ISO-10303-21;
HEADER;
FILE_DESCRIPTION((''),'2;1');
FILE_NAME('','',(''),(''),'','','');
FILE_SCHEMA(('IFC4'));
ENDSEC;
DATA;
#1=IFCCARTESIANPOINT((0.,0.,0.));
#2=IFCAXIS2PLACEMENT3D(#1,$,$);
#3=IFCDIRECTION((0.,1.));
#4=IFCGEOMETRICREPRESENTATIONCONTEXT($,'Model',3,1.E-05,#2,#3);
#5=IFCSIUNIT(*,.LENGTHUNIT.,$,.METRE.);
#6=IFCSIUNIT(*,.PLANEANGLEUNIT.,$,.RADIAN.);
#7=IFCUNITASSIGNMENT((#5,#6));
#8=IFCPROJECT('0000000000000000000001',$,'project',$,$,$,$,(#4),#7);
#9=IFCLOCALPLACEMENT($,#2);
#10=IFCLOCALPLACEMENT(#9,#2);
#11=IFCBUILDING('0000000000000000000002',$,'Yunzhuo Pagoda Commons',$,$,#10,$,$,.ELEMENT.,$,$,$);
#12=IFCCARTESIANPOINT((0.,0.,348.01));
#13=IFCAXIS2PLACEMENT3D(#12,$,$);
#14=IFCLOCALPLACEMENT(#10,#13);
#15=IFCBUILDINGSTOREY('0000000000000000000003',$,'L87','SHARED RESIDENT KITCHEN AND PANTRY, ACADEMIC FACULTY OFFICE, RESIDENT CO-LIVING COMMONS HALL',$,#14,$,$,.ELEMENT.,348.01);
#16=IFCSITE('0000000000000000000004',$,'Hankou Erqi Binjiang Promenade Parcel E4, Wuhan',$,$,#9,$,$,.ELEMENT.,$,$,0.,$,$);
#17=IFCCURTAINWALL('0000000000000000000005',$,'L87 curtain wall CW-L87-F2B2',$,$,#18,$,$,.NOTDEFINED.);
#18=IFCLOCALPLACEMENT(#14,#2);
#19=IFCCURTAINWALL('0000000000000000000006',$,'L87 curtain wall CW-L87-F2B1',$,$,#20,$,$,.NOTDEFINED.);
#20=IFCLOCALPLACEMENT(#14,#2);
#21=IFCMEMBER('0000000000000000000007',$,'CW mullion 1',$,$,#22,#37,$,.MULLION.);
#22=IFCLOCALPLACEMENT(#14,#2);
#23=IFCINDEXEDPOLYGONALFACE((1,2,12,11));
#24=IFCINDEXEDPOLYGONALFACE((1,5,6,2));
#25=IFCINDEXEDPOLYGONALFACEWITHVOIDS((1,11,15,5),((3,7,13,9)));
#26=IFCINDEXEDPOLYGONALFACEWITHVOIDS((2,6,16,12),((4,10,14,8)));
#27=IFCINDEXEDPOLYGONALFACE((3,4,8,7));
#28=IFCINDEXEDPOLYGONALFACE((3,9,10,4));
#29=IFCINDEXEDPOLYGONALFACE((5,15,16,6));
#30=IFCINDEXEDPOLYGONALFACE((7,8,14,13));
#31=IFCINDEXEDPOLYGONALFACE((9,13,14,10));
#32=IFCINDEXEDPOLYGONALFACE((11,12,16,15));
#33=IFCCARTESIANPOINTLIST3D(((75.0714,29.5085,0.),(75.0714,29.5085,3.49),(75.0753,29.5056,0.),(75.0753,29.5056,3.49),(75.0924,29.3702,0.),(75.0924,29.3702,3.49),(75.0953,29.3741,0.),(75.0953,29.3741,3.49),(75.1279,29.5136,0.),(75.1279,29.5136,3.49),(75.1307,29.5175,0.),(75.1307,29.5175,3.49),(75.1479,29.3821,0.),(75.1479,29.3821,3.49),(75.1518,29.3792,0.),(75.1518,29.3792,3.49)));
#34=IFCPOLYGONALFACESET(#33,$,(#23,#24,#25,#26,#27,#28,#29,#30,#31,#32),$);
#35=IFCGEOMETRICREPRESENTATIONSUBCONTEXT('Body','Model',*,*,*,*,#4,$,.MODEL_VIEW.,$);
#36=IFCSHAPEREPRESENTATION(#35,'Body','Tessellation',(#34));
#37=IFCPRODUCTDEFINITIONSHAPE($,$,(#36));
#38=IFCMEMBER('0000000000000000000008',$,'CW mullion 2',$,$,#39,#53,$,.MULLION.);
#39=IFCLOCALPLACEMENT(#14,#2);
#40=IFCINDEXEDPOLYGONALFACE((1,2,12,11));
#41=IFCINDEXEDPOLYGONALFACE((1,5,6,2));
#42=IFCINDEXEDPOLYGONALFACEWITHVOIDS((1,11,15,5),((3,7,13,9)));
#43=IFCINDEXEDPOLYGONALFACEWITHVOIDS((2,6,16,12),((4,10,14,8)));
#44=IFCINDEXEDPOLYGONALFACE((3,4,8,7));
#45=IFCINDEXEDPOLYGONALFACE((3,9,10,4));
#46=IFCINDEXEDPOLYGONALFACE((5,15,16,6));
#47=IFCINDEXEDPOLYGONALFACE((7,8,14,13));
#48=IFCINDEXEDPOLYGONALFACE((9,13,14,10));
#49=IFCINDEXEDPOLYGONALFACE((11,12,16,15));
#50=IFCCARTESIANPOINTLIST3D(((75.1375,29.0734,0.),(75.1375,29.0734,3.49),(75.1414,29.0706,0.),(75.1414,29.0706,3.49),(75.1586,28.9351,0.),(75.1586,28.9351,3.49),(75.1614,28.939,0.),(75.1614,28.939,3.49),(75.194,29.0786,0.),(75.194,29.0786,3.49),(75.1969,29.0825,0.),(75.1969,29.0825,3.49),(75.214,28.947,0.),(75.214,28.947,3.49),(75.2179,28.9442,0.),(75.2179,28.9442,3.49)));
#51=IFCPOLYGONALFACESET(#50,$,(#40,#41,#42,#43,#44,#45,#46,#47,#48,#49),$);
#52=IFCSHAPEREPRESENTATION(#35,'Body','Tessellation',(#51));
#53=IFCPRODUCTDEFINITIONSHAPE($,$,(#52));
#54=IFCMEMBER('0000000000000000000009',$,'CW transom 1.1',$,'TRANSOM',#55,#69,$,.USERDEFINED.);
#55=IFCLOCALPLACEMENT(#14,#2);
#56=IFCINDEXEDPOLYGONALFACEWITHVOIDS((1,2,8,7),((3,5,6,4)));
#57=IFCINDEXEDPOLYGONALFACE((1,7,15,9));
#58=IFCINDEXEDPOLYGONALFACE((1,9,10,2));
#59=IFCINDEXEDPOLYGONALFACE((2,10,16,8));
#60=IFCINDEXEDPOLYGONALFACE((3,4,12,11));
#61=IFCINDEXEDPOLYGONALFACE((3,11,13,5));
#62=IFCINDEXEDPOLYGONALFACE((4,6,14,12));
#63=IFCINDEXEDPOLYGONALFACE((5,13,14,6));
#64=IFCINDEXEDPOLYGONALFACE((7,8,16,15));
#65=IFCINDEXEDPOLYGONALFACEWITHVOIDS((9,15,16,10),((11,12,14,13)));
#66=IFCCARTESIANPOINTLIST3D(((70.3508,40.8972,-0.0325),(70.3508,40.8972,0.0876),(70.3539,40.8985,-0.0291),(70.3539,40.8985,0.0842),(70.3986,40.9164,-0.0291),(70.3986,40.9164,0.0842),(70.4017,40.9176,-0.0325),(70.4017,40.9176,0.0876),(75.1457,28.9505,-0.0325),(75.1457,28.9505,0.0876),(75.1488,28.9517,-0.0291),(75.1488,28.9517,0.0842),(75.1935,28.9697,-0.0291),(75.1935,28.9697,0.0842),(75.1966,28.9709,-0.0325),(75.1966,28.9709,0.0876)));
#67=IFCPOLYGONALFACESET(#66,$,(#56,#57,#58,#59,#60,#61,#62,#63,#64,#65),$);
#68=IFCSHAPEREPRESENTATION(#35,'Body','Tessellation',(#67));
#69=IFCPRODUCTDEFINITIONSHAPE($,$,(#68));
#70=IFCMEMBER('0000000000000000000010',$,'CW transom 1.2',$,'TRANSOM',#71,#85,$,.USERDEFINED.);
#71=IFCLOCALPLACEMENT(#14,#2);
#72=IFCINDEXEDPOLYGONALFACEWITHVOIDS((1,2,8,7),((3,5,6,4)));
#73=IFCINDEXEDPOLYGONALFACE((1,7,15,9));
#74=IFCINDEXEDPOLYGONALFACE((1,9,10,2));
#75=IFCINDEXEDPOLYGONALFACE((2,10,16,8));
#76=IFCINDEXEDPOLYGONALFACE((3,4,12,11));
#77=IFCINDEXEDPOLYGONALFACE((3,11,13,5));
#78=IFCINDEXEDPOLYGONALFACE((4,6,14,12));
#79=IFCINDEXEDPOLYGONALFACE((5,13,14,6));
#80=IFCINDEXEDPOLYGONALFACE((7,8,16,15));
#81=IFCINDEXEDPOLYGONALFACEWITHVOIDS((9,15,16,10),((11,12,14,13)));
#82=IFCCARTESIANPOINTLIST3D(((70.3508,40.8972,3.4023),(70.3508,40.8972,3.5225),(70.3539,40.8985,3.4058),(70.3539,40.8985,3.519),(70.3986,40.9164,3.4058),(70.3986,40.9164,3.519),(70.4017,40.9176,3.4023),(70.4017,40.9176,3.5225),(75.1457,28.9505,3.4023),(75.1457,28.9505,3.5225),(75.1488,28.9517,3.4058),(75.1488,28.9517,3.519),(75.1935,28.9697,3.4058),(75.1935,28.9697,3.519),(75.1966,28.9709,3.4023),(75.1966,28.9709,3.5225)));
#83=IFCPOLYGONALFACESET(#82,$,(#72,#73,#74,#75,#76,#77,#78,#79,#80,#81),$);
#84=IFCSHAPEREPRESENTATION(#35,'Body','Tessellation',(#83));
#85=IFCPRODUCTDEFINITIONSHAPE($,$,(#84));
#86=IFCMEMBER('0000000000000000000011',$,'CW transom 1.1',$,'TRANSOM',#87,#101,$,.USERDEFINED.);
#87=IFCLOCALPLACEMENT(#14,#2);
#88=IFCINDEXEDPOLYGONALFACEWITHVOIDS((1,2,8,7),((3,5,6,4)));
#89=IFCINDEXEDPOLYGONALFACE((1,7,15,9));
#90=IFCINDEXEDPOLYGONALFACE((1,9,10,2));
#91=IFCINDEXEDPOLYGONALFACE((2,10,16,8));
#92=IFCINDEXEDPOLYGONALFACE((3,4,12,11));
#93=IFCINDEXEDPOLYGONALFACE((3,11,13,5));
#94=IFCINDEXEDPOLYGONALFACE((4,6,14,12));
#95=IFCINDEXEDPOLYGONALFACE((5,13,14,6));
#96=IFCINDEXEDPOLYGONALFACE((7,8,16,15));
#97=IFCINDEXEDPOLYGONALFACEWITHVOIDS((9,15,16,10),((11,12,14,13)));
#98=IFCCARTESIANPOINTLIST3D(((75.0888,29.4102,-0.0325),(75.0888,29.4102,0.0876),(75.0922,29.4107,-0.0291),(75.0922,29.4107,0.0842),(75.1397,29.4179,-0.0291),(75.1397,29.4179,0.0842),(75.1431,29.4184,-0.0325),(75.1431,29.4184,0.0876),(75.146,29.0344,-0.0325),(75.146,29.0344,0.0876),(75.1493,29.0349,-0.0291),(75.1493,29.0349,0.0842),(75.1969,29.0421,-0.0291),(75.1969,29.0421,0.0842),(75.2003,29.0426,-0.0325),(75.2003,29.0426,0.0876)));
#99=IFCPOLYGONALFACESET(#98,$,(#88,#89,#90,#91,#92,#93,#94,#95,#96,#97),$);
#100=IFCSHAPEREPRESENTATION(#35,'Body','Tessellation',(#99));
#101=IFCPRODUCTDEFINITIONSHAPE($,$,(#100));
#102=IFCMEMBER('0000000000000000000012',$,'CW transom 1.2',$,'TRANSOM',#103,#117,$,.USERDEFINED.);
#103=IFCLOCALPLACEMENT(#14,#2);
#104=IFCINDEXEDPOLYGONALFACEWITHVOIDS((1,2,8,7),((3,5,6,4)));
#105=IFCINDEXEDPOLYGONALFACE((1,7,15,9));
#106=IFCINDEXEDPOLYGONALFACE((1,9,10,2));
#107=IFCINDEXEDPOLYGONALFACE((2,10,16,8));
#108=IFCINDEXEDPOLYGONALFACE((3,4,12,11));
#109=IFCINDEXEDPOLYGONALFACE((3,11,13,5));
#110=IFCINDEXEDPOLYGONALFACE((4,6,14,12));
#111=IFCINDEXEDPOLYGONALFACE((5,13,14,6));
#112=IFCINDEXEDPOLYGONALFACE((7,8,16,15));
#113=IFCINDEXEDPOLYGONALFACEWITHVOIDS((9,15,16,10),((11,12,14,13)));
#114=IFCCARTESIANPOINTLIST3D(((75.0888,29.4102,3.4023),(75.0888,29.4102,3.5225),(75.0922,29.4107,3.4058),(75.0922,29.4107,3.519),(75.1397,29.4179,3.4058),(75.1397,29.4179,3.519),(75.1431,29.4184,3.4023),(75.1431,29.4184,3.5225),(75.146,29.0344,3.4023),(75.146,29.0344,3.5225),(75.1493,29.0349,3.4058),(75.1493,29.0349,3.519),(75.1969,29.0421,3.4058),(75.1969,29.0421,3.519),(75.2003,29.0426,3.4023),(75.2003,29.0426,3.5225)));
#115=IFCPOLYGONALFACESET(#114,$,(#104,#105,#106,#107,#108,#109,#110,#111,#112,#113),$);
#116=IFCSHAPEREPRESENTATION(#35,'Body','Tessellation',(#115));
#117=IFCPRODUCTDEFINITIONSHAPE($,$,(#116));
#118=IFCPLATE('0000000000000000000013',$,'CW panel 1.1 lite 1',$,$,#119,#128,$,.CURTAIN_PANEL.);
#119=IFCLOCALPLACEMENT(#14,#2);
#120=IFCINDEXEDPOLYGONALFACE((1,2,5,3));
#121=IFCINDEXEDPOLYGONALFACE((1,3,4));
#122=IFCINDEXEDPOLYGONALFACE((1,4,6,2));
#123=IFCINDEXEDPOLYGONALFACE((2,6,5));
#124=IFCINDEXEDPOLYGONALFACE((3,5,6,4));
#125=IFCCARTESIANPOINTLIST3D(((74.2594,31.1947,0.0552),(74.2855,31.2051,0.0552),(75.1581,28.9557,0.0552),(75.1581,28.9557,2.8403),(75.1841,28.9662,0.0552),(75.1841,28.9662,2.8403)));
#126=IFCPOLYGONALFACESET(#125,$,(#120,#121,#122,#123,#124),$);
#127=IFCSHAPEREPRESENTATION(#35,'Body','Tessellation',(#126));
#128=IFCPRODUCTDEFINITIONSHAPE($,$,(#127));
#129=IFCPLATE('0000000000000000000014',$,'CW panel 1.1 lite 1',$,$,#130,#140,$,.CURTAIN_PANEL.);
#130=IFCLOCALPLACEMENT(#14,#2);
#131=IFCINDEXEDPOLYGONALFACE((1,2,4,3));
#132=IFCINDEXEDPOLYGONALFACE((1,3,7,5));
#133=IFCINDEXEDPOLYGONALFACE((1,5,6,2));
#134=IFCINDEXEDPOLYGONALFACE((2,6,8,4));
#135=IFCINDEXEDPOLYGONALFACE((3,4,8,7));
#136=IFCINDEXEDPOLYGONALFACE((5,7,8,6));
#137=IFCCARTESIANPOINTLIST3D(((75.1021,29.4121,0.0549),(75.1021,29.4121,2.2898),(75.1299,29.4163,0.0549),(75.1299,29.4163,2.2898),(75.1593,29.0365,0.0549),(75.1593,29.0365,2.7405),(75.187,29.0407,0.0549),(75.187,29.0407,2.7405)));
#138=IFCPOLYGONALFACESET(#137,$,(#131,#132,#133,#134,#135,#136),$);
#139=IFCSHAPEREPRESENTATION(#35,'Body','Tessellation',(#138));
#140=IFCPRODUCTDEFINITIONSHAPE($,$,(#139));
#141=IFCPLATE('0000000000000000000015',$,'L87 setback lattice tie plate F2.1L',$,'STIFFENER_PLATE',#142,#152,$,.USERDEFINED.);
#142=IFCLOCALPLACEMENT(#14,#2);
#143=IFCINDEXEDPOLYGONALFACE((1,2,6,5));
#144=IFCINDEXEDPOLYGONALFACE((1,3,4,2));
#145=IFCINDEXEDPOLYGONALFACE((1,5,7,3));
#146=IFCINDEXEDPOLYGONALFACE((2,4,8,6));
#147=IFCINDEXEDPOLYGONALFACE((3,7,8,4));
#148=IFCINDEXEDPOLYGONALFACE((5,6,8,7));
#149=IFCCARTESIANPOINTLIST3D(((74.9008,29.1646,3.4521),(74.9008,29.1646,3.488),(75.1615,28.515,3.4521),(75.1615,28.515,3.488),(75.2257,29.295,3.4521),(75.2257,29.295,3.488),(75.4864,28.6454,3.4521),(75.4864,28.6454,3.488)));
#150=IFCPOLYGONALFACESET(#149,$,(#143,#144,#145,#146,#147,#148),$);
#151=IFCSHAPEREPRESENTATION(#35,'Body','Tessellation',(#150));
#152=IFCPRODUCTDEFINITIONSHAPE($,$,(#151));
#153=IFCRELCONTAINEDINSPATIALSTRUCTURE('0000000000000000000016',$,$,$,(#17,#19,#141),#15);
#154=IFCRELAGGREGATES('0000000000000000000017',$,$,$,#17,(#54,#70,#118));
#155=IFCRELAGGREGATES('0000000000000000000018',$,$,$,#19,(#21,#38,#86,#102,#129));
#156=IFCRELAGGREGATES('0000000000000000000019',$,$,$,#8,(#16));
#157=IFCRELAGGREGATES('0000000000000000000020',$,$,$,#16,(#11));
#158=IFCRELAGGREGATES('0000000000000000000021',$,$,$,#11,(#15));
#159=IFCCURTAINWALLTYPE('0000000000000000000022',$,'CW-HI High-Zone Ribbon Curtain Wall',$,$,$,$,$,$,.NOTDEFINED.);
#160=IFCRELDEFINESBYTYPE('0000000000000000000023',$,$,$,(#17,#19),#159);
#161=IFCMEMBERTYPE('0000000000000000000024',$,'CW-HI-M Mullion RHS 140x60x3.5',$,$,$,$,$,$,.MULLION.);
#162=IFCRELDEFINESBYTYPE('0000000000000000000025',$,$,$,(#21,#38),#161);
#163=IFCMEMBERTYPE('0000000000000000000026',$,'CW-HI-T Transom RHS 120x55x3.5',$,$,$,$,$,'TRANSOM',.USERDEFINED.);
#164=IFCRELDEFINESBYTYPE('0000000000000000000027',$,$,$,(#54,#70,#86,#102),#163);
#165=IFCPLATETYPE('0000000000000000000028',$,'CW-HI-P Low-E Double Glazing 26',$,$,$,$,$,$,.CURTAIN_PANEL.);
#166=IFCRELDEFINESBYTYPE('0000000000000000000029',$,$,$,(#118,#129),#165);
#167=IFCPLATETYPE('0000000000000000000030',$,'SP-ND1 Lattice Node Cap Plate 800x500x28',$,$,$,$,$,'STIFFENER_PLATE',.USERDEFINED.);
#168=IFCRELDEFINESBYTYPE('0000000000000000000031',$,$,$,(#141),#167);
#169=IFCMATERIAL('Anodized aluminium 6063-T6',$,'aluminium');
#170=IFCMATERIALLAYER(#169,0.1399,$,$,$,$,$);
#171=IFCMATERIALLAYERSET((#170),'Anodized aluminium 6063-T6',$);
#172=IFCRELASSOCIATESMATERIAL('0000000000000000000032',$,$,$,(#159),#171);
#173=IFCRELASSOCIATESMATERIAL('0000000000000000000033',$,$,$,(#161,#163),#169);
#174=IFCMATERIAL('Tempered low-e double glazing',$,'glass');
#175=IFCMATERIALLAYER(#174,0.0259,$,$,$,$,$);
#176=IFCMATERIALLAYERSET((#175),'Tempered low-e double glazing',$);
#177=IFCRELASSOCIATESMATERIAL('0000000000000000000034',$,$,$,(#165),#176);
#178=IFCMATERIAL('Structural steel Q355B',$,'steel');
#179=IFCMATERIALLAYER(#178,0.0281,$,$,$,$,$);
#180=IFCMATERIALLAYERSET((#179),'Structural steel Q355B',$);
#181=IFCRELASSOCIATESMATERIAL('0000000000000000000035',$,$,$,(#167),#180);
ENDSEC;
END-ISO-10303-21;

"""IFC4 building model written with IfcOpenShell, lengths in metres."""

from ifc_helpers import new_model, si_unit, direction, frame, origin, origin_2d, place, context, subcontext, project, spatial, polyline, rectangle, hollow_rectangle, outline, extrude, source, transform, mapped, material, layer, layer_set, material_profile, profile_set, type_object, element, aggregate, save


model = new_model("IFC4")

# Units and contexts
model_context = context("Model", 3, precision=1e-05, world=origin(), true_north=direction((0.0, 1.0)))
body_context = subcontext(model_context, "Body", "Model", "MODEL_VIEW")
ifc_project = project(units=[si_unit("LENGTHUNIT", "METRE"), si_unit("PLANEANGLEUNIT", "RADIAN")], contexts=[model_context])

# Site, building, storey
site_placement = place(None, origin())
site = spatial("IfcSite", under=ifc_project, at=site_placement, Name="Hankou Erqi Binjiang Promenade Parcel E4, Wuhan", CompositionType="ELEMENT", RefElevation=0.0)
building_placement = place(site_placement, origin())
building = spatial("IfcBuilding", under=site, at=building_placement, Name="Yunzhuo Pagoda Commons", CompositionType="ELEMENT")
storey_placement = place(building_placement, frame((0.0, 0.0, 348.01)))
storey = spatial("IfcBuildingStorey", under=building, at=storey_placement, Name="L87", Description="SHARED RESIDENT KITCHEN AND PANTRY, ACADEMIC FACULTY OFFICE, RESIDENT CO-LIVING COMMONS HALL", CompositionType="ELEMENT", Elevation=348.01)

# Shared definitions
ifc_material_1 = material(Name="Structural steel Q355B", Category="steel")

# Curtain wall
ifc_material_2 = material(Name="Anodized aluminium 6063-T6", Category="aluminium")
ifc_layer_1 = layer(ifc_material_2, 0.1399)
ifc_layer_set_1 = layer_set([ifc_layer_1], Name="Anodized aluminium 6063-T6")
curtain_wall_type = type_object("IfcCurtainWallType", Name="CW-HI High-Zone Ribbon Curtain Wall", PredefinedType="NOTDEFINED", material=ifc_layer_set_1)
ifc_material_profile_1 = material_profile(ifc_material_2, hollow_rectangle(XDim=0.0601, YDim=0.1399, WallThickness=0.0034, at=origin_2d()), Name="Anodized aluminium 6063-T6")
ifc_profile_set_1 = profile_set([ifc_material_profile_1], Name="Anodized aluminium 6063-T6")
member_type_1 = type_object("IfcMemberType", Name="CW-HI-M Mullion RHS 140x60x3.5", PredefinedType="MULLION", material=ifc_profile_set_1)
shared_shape_1 = source(origin(), body_context, "Body", "SweptSolid", [
    extrude(hollow_rectangle(XDim=0.0601, YDim=0.1399, WallThickness=0.0034, at=origin_2d()), origin(), (0.0, 0.0, 1.0), 3.49),
])
curtain_wall_1_placement = place(storey_placement, origin())
curtain_wall_1 = element("IfcCurtainWall", 1, at=curtain_wall_1_placement, inside=storey, type_object=curtain_wall_type, Name="L87 curtain wall CW-L87-F2B2", PredefinedType="NOTDEFINED")

# Curtain wall, members
curtain_wall_2_placement = place(storey_placement, origin())
curtain_wall_2 = element("IfcCurtainWall", 2, at=curtain_wall_2_placement, inside=storey, type_object=curtain_wall_type, Name="L87 curtain wall CW-L87-F2B1", PredefinedType="NOTDEFINED")
member_1_placement = place(storey_placement, frame((75.1116, 29.4438, 0.0), z_axis=(0.0, 0.0, 1.0), x_axis=(0.988629, 0.150374, 0.0)))
member_1 = element("IfcMember", 3, at=member_1_placement, type_object=member_type_1, Name="CW mullion 1", PredefinedType="MULLION", context=body_context, shape_type="MappedRepresentation", body=[
    mapped(shared_shape_1, transform((0.0, 0.0, 0.0), scale=1.0)),
])
member_2_placement = place(storey_placement, frame((75.1777, 29.0088, 0.0), z_axis=(0.0, 0.0, 1.0), x_axis=(0.988629, 0.150374, 0.0)))
member_2 = element("IfcMember", 4, at=member_2_placement, type_object=member_type_1, Name="CW mullion 2", PredefinedType="MULLION", context=body_context, shape_type="MappedRepresentation", body=[
    mapped(shared_shape_1, transform((0.0, 0.0, 0.0), scale=1.0)),
])

# Members
ifc_material_profile_2 = material_profile(ifc_material_2, hollow_rectangle(XDim=0.0549, YDim=0.1201, WallThickness=0.0034, at=origin_2d()), Name="Anodized aluminium 6063-T6")
ifc_profile_set_2 = profile_set([ifc_material_profile_2], Name="Anodized aluminium 6063-T6")
member_type_2 = type_object("IfcMemberType", Name="CW-HI-T Transom RHS 120x55x3.5", ElementType="TRANSOM", PredefinedType="USERDEFINED", material=ifc_profile_set_2)
shared_shape_2 = source(origin(), body_context, "Body", "SweptSolid", [
    extrude(hollow_rectangle(XDim=0.0549, YDim=0.1201, WallThickness=0.0034, at=origin_2d()), origin(), (0.0, 0.0, 1.0), 12.873),
])
member_3_placement = place(storey_placement, frame((75.1711, 28.9607, 0.0276), z_axis=(-0.372476, 0.928042, 0.0), x_axis=(-0.928042, -0.372476, 0.0)))
member_3 = element("IfcMember", 5, at=member_3_placement, type_object=member_type_2, Name="CW transom 1.1", ObjectType="TRANSOM", PredefinedType="USERDEFINED", context=body_context, shape_type="MappedRepresentation", body=[
    mapped(shared_shape_2, transform((0.0, 0.0, 0.0), scale=1.0)),
])
member_4_placement = place(storey_placement, frame((75.1711, 28.9607, 3.4624), z_axis=(-0.372476, 0.928042, 0.0), x_axis=(-0.928042, -0.372476, 0.0)))
member_4 = element("IfcMember", 6, at=member_4_placement, type_object=member_type_2, Name="CW transom 1.2", ObjectType="TRANSOM", PredefinedType="USERDEFINED", context=body_context, shape_type="MappedRepresentation", body=[
    mapped(shared_shape_2, transform((0.0, 0.0, 0.0), scale=1.0)),
])
shared_shape_3 = source(origin(), body_context, "Body", "SweptSolid", [
    extrude(hollow_rectangle(XDim=0.0549, YDim=0.1201, WallThickness=0.0034, at=origin_2d()), origin(), (0.0, 0.0, 1.0), 0.3801),
])
member_5_placement = place(storey_placement, frame((75.116, 29.4143, 0.0276), z_axis=(0.150319, -0.988638, 0.0), x_axis=(0.988638, 0.150319, 0.0)))
member_5 = element("IfcMember", 7, at=member_5_placement, type_object=member_type_2, Name="CW transom 1.1", ObjectType="TRANSOM", PredefinedType="USERDEFINED", context=body_context, shape_type="MappedRepresentation", body=[
    mapped(shared_shape_3, transform((0.0, 0.0, 0.0), scale=1.0)),
])
member_6_placement = place(storey_placement, frame((75.116, 29.4143, 3.4624), z_axis=(0.150319, -0.988638, 0.0), x_axis=(0.988638, 0.150319, 0.0)))
member_6 = element("IfcMember", 8, at=member_6_placement, type_object=member_type_2, Name="CW transom 1.2", ObjectType="TRANSOM", PredefinedType="USERDEFINED", context=body_context, shape_type="MappedRepresentation", body=[
    mapped(shared_shape_3, transform((0.0, 0.0, 0.0), scale=1.0)),
])

# Plates
ifc_material_3 = material(Name="Tempered low-e double glazing", Category="glass")
ifc_layer_2 = layer(ifc_material_3, 0.0259)
ifc_layer_set_2 = layer_set([ifc_layer_2], Name="Tempered low-e double glazing")
plate_type_1 = type_object("IfcPlateType", Name="CW-HI-P Low-E Double Glazing 26", PredefinedType="CURTAIN_PANEL", material=ifc_layer_set_2)
plate_1_placement = place(storey_placement, frame((74.7087, 30.0752, 1.4478), z_axis=(0.928039, 0.372483, 0.0), x_axis=(-0.372483, 0.928039, 0.0)))
plate_1 = element("IfcPlate", 9, at=plate_1_placement, type_object=plate_type_1, Name="CW panel 1.1 lite 1", PredefinedType="CURTAIN_PANEL", context=body_context, shape_type="SweptSolid", body=[
    extrude(outline(polyline([(-1.2063, -1.3926), (1.2063, -1.3926), (-1.2063, 1.3926), (-1.2063, -1.3926)])), origin(), (0.0, 0.0, 1.0), 0.0281),
])
aggregate(curtain_wall_1, [member_3, member_4, plate_1])
plate_2_placement = place(storey_placement, frame((75.1584, 29.2285, 1.3977), z_axis=(-0.988629, -0.150374, 0.0), x_axis=(0.150374, -0.988629, 0.0)))
plate_2 = element("IfcPlate", 10, at=plate_2_placement, type_object=plate_type_1, Name="CW panel 1.1 lite 1", PredefinedType="CURTAIN_PANEL", context=body_context, shape_type="SweptSolid", body=[
    extrude(outline(polyline([(-0.1899, -1.3428), (0.1899, -1.3428), (0.1899, 1.3428), (-0.1899, 0.8921), (-0.1899, -1.3428)])), origin(), (0.0, 0.0, 1.0), 0.0281),
])
aggregate(curtain_wall_2, [member_1, member_2, member_5, member_6, plate_2])
ifc_layer_3 = layer(ifc_material_1, 0.0281)
ifc_layer_set_3 = layer_set([ifc_layer_3], Name="Structural steel Q355B")
plate_type_2 = type_object("IfcPlateType", Name="SP-ND1 Lattice Node Cap Plate 800x500x28", ElementType="STIFFENER_PLATE", PredefinedType="USERDEFINED", material=ifc_layer_set_3)
shared_shape_4 = source(origin(), body_context, "Body", "SweptSolid", [
    extrude(rectangle(XDim=0.7, YDim=0.3501, at=origin_2d()), origin(), (0.0, 0.0, 1.0), 0.0359),
])
plate_3_placement = place(storey_placement, frame((75.1936, 28.905, 3.4521), z_axis=(0.0, 0.0, 1.0), x_axis=(-0.372486, 0.928038, 0.0)))
element("IfcPlate", 11, at=plate_3_placement, inside=storey, type_object=plate_type_2, Name="L87 setback lattice tie plate F2.1L", ObjectType="STIFFENER_PLATE", PredefinedType="USERDEFINED", context=body_context, shape_type="MappedRepresentation", body=[
    mapped(shared_shape_4, transform((0.0, 0.0, 0.0), scale=1.0)),
])

save(model, "model.ifc")
